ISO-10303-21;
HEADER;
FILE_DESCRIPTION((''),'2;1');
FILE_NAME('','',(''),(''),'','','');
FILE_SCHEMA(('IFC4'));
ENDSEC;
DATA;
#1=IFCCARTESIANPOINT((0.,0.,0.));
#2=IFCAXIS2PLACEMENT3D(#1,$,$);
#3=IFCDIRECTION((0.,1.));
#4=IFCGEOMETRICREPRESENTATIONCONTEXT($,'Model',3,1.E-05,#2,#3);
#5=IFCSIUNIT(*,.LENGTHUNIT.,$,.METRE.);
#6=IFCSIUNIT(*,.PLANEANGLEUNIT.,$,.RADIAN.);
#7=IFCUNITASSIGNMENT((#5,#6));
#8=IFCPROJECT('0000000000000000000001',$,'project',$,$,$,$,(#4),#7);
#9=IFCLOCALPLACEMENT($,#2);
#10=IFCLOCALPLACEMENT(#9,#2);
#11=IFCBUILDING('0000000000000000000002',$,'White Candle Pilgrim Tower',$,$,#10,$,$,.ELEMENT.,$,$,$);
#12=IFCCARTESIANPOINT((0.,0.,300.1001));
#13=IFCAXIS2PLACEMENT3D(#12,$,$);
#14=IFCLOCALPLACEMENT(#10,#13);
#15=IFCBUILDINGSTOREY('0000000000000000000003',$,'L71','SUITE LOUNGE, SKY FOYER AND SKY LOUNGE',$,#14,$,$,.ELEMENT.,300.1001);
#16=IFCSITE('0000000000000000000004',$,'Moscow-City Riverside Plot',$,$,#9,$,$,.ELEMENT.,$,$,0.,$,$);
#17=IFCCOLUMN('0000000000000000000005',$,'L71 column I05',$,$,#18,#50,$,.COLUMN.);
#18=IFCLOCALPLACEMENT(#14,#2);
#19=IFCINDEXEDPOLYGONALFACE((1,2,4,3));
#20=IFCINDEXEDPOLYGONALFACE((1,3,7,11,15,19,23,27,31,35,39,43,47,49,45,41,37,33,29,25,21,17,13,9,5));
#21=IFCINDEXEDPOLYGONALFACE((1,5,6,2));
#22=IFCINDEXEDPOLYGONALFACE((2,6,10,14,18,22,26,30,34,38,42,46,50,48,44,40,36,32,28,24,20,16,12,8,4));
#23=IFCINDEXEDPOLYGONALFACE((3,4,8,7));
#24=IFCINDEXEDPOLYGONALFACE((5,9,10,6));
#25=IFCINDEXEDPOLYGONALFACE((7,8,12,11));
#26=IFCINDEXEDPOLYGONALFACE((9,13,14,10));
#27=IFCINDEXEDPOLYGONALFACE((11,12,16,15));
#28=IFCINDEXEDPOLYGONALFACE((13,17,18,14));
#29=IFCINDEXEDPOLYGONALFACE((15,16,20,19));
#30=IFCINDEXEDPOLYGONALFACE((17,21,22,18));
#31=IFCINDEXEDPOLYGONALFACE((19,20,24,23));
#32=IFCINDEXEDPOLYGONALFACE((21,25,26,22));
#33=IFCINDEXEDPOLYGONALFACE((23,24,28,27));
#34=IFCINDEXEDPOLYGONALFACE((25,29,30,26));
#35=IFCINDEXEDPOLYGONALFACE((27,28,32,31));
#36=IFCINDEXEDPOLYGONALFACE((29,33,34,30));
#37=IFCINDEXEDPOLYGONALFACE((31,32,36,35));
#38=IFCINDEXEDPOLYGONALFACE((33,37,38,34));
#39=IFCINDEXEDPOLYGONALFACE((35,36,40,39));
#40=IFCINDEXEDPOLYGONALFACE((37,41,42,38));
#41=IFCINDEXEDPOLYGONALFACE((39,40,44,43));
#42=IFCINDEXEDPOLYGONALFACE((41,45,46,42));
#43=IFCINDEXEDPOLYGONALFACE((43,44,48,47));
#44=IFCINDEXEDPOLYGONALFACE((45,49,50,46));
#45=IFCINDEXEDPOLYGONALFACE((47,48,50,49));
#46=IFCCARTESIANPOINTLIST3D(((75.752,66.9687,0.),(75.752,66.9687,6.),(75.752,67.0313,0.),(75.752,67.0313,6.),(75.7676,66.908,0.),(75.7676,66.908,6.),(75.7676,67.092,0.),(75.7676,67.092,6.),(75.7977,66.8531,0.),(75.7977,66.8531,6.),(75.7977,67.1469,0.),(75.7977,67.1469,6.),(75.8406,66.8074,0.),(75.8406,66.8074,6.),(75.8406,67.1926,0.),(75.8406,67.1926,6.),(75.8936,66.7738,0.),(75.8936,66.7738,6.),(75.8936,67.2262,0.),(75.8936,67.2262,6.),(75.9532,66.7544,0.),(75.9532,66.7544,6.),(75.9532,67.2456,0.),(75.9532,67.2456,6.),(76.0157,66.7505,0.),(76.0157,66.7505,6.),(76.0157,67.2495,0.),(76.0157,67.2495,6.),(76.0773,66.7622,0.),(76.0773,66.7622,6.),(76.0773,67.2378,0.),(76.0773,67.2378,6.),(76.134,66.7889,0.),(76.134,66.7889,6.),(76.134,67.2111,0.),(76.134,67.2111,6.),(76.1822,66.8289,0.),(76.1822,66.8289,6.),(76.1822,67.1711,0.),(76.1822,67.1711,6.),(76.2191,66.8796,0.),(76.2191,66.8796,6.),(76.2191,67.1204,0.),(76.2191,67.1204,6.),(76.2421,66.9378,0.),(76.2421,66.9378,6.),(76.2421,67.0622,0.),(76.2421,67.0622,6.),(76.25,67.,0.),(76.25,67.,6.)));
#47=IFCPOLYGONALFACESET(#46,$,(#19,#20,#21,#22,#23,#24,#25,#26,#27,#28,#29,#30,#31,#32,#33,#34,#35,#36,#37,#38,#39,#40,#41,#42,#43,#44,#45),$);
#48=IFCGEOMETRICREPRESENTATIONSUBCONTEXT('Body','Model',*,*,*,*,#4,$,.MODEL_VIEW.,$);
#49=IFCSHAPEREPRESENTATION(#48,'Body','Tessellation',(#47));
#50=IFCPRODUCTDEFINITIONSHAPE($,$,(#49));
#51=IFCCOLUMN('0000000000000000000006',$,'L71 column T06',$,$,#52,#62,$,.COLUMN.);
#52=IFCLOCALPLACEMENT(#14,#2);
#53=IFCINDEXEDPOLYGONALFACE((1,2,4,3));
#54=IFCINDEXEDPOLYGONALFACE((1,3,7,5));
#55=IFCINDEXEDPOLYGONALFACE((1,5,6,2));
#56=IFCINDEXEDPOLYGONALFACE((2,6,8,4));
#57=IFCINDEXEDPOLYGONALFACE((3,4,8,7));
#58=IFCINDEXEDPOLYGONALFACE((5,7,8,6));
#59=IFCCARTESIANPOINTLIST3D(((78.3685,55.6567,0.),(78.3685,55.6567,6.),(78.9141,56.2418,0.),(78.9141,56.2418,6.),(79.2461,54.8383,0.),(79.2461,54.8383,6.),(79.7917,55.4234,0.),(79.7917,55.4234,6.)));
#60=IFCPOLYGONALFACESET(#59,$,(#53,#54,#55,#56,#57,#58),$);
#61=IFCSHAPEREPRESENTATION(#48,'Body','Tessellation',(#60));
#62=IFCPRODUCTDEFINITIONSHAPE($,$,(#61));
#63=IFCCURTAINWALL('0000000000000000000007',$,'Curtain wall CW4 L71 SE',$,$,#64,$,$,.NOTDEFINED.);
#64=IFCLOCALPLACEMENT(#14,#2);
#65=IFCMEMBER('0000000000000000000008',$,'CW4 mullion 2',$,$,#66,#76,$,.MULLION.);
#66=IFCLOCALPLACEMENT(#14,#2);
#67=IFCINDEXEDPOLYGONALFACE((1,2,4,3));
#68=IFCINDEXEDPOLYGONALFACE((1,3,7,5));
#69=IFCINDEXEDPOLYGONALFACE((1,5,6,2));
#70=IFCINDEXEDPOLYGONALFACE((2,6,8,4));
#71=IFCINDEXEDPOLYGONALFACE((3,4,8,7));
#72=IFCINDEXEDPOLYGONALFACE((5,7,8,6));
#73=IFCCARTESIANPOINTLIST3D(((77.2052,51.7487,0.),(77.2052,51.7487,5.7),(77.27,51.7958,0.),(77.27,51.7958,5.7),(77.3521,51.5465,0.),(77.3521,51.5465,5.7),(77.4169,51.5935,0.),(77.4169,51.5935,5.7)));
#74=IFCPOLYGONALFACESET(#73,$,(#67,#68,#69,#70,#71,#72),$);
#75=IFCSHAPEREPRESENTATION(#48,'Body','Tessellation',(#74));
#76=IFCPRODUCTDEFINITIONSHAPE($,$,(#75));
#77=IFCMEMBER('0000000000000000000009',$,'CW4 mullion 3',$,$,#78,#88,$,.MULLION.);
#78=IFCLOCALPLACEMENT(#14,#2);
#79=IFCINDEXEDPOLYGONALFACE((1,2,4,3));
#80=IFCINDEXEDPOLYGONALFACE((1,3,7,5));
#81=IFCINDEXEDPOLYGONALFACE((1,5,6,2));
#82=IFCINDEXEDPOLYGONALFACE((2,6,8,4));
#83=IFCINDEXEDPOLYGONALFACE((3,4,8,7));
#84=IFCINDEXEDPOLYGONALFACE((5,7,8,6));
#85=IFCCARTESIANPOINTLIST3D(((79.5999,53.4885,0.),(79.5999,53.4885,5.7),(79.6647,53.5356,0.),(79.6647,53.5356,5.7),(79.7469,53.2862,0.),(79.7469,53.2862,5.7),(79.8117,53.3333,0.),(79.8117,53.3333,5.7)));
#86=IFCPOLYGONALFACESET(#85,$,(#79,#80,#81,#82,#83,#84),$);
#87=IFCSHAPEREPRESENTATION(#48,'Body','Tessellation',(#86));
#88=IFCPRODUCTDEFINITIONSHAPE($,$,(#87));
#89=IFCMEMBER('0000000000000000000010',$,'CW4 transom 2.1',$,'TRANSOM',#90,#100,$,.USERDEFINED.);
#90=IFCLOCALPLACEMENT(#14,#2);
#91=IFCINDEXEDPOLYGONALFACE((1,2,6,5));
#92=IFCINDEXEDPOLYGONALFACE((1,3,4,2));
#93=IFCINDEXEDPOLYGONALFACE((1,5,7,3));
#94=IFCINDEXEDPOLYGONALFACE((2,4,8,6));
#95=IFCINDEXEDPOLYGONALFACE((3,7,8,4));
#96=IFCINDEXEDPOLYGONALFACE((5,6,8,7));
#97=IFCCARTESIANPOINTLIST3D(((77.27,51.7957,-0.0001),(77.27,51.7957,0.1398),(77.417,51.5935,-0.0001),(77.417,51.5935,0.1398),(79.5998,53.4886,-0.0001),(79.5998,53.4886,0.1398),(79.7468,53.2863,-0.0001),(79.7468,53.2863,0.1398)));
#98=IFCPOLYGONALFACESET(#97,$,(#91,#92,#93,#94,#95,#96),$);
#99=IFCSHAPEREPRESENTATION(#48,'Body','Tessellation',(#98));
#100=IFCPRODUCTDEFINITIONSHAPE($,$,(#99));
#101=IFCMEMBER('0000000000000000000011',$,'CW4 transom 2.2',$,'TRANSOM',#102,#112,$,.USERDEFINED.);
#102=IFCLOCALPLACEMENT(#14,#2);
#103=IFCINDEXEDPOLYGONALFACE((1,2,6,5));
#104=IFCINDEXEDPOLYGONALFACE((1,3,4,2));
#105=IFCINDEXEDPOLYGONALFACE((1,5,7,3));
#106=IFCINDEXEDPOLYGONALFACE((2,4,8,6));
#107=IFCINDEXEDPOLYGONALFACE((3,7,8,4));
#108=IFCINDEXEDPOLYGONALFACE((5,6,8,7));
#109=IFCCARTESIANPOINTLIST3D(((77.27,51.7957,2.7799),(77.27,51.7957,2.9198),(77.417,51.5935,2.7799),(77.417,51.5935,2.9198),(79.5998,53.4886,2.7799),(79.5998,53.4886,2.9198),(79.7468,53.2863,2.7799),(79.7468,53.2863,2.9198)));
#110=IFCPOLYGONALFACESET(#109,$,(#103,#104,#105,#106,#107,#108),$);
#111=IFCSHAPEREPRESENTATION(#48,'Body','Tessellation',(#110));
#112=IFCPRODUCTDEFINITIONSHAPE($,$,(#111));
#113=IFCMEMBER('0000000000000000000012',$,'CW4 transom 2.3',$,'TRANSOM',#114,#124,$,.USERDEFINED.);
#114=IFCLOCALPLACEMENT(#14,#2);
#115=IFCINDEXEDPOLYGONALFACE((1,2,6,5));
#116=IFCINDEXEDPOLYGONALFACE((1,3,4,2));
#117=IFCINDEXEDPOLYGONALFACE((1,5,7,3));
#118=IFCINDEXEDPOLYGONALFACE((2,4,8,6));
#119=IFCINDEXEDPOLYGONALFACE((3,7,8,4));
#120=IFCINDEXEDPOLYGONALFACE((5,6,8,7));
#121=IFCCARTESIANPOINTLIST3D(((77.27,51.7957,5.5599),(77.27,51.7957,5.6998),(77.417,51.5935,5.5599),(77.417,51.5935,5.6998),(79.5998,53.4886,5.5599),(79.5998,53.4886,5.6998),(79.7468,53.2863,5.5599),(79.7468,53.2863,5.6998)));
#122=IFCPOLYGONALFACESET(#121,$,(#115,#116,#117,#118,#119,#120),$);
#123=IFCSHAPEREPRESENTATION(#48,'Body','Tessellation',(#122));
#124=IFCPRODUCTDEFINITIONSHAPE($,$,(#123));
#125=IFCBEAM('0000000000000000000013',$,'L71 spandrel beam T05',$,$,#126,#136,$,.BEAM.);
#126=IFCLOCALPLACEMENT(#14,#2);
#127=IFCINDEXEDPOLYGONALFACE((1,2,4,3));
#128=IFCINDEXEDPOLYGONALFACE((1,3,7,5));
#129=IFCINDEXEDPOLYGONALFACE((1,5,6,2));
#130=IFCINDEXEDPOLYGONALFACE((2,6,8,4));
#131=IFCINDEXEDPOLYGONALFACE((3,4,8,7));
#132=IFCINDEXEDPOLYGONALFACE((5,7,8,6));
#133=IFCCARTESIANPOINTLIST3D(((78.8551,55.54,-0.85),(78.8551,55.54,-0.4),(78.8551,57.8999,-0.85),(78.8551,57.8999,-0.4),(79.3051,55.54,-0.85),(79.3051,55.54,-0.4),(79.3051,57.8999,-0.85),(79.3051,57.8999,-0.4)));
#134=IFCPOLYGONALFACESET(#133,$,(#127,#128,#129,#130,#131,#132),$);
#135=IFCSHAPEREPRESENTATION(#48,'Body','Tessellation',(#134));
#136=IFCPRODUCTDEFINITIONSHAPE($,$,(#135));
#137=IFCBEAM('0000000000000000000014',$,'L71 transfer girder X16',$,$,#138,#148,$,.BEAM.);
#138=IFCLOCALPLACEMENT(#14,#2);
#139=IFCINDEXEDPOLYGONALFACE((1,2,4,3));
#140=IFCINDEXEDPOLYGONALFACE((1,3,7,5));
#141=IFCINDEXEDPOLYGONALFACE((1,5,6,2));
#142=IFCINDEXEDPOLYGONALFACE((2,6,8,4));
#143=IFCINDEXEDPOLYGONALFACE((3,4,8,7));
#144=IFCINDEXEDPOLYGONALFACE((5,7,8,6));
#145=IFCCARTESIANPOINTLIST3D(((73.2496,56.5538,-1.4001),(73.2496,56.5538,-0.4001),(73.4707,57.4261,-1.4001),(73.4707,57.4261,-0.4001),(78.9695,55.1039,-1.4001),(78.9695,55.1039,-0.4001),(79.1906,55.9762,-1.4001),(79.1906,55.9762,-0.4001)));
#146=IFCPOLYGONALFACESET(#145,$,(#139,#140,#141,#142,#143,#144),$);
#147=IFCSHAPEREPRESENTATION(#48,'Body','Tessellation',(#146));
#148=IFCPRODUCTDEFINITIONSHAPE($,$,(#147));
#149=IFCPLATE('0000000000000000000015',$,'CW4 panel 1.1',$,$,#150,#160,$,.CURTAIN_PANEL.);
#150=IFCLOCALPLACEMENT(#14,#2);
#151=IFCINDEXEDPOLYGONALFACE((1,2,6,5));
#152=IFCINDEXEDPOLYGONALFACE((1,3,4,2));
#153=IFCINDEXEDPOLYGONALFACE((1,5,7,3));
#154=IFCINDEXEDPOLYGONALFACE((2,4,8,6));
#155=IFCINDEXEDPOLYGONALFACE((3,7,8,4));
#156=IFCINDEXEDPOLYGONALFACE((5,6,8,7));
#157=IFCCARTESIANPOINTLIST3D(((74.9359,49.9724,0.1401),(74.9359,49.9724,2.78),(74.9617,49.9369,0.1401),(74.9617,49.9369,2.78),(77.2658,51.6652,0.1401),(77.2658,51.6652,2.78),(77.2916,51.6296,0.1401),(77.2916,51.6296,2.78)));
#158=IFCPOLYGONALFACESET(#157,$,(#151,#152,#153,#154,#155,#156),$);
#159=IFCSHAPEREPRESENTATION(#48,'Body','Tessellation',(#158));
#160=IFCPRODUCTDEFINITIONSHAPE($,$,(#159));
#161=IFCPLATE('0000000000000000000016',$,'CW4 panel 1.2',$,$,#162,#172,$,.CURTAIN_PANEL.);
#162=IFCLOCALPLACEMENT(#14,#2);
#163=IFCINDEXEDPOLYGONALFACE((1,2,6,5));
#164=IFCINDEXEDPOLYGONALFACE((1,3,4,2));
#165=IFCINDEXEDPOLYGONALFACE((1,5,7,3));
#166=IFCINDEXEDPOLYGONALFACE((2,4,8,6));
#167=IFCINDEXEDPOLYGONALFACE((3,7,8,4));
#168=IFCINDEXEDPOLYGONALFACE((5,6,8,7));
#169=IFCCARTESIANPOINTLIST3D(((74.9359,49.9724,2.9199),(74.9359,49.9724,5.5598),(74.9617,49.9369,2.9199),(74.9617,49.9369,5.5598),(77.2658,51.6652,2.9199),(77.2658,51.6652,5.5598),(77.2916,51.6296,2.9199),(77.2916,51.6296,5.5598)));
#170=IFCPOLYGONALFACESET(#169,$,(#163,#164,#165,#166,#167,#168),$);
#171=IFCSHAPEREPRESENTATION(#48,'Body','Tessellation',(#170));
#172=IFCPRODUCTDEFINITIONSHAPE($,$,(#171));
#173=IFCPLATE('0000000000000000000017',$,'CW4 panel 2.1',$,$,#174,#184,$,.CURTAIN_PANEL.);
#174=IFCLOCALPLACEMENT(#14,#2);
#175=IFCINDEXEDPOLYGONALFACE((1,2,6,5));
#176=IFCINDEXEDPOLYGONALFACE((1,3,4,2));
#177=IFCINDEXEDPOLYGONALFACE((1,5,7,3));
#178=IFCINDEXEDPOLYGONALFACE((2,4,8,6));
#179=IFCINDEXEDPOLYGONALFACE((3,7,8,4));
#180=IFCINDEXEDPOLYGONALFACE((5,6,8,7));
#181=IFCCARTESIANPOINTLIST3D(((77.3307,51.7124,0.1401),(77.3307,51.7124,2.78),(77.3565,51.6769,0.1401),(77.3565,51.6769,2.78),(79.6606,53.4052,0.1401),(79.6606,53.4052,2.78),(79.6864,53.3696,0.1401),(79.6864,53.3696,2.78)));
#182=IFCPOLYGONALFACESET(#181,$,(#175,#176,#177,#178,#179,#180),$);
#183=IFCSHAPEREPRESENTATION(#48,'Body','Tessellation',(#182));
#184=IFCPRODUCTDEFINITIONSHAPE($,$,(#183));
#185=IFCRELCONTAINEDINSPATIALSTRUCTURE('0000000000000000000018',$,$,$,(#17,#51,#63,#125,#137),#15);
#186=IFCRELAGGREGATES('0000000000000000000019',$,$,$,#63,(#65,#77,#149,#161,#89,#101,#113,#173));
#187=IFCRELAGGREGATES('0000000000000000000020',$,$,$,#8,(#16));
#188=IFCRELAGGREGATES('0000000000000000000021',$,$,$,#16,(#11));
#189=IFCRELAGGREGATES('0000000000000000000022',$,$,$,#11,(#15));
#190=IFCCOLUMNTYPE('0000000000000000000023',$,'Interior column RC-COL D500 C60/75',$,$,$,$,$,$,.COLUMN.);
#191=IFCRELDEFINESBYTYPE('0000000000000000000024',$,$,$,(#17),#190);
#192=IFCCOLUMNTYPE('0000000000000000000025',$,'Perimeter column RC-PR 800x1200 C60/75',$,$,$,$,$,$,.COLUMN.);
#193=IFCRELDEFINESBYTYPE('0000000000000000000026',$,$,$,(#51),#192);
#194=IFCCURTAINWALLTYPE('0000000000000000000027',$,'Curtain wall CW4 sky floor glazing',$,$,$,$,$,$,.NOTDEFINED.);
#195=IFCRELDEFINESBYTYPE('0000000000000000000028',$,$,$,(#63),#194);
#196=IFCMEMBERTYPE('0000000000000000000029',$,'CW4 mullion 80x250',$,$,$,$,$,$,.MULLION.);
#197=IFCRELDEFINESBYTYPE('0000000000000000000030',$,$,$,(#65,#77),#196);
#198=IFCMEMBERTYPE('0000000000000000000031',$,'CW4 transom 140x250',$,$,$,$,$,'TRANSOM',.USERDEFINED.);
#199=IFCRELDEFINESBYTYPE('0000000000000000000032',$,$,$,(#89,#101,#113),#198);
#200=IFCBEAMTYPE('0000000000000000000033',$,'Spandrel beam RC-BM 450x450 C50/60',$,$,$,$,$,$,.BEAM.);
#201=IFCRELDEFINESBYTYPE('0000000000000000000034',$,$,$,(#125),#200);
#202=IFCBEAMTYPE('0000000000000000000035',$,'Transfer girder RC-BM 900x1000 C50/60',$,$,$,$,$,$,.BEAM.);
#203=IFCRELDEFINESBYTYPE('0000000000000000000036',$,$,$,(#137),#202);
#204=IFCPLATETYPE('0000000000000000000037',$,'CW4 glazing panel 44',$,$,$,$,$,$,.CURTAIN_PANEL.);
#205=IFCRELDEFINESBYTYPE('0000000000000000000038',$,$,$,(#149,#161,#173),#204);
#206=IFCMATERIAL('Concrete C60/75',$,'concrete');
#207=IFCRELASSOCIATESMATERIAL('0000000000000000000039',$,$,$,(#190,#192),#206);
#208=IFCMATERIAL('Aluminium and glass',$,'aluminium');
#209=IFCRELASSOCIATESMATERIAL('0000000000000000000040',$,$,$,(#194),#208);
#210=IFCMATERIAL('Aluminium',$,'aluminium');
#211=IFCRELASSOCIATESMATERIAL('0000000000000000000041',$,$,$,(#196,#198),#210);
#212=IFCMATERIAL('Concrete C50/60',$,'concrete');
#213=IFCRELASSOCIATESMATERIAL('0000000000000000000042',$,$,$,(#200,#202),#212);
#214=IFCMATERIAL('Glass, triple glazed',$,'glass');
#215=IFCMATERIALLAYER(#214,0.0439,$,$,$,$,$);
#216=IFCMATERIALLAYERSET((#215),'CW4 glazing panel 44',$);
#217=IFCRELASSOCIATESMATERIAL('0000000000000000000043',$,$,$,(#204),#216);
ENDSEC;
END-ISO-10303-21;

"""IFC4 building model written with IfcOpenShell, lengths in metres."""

from ifc_helpers import new_model, si_unit, direction, frame, origin, origin_2d, place, context, subcontext, project, spatial, rectangle, circle, extrude, material, layer, layer_set, material_profile, profile_set, type_object, element, aggregate, save


model = new_model("IFC4")

# Units and contexts
model_context = context("Model", 3, precision=1e-05, world=origin(), true_north=direction((0.0, 1.0)))
body_context = subcontext(model_context, "Body", "Model", "MODEL_VIEW")
ifc_project = project(units=[si_unit("LENGTHUNIT", "METRE"), si_unit("PLANEANGLEUNIT", "RADIAN")], contexts=[model_context])

# Site, building, storey
site_placement = place(None, origin())
site = spatial("IfcSite", under=ifc_project, at=site_placement, Name="Moscow-City Riverside Plot", CompositionType="ELEMENT", RefElevation=0.0)
building_placement = place(site_placement, origin())
building = spatial("IfcBuilding", under=site, at=building_placement, Name="White Candle Pilgrim Tower", CompositionType="ELEMENT")
storey_placement = place(building_placement, frame((0.0, 0.0, 300.1001)))
storey = spatial("IfcBuildingStorey", under=building, at=storey_placement, Name="L71", Description="SUITE LOUNGE, SKY FOYER AND SKY LOUNGE", CompositionType="ELEMENT", Elevation=300.1001)

# Columns
ifc_material_1 = material(Name="Concrete C60/75", Category="concrete")
ifc_material_profile_1 = material_profile(ifc_material_1, circle(Radius=0.25, at=origin_2d()), Name="RC-COL D500")
ifc_profile_set_1 = profile_set([ifc_material_profile_1], Name="Concrete C60/75")
column_type_1 = type_object("IfcColumnType", Name="Interior column RC-COL D500 C60/75", PredefinedType="COLUMN", material=ifc_profile_set_1)
column_1_placement = place(storey_placement, frame((76.0, 67.0, 0.0), z_axis=(0.0, 0.0, 1.0), x_axis=(1.0, 0.0, 0.0)))
element("IfcColumn", 1, at=column_1_placement, inside=storey, type_object=column_type_1, Name="L71 column I05", PredefinedType="COLUMN", context=body_context, shape_type="SweptSolid", body=[
    extrude(circle(Radius=0.25, at=origin_2d()), origin(), (0.0, 0.0, 1.0), 6.0),
])
ifc_material_profile_2 = material_profile(ifc_material_1, rectangle(XDim=0.8, YDim=1.2, at=origin_2d()), Name="RC-PR 800x1200")
ifc_profile_set_2 = profile_set([ifc_material_profile_2], Name="Concrete C60/75")
column_type_2 = type_object("IfcColumnType", Name="Perimeter column RC-PR 800x1200 C60/75", PredefinedType="COLUMN", material=ifc_profile_set_2)
column_2_placement = place(storey_placement, frame((79.0801, 55.54, 0.0), z_axis=(0.0, 0.0, 1.0), x_axis=(-0.681998, -0.731354, 0.0)))
element("IfcColumn", 2, at=column_2_placement, inside=storey, type_object=column_type_2, Name="L71 column T06", PredefinedType="COLUMN", context=body_context, shape_type="SweptSolid", body=[
    extrude(rectangle(XDim=0.8, YDim=1.2, at=origin_2d()), origin(), (0.0, 0.0, 1.0), 6.0),
])

# Curtain wall, members
ifc_material_2 = material(Name="Aluminium and glass", Category="aluminium")
curtain_wall_type = type_object("IfcCurtainWallType", Name="Curtain wall CW4 sky floor glazing", PredefinedType="NOTDEFINED", material=ifc_material_2)
curtain_wall_placement = place(storey_placement, origin())
curtain_wall = element("IfcCurtainWall", 3, at=curtain_wall_placement, inside=storey, type_object=curtain_wall_type, Name="Curtain wall CW4 L71 SE", PredefinedType="NOTDEFINED")
ifc_material_3 = material(Name="Aluminium", Category="aluminium")
ifc_material_profile_3 = material_profile(ifc_material_3, rectangle(XDim=0.25, YDim=0.0801, at=origin_2d()), Name="CW4 mullion 80x250")
ifc_profile_set_3 = profile_set([ifc_material_profile_3], Name="Aluminium")
member_type_1 = type_object("IfcMemberType", Name="CW4 mullion 80x250", PredefinedType="MULLION", material=ifc_profile_set_3)
member_1_placement = place(storey_placement, frame((77.311, 51.6711, 0.0), z_axis=(0.0, 0.0, 1.0), x_axis=(-0.587785, 0.809017, 0.0)))
member_1 = element("IfcMember", 4, at=member_1_placement, type_object=member_type_1, Name="CW4 mullion 2", PredefinedType="MULLION", context=body_context, shape_type="SweptSolid", body=[
    extrude(rectangle(XDim=0.25, YDim=0.0801, at=origin_2d()), origin(), (0.0, 0.0, 1.0), 5.7),
])
member_2_placement = place(storey_placement, frame((79.7058, 53.4109, 0.0), z_axis=(0.0, 0.0, 1.0), x_axis=(-0.587785, 0.809017, 0.0)))
member_2 = element("IfcMember", 5, at=member_2_placement, type_object=member_type_1, Name="CW4 mullion 3", PredefinedType="MULLION", context=body_context, shape_type="SweptSolid", body=[
    extrude(rectangle(XDim=0.25, YDim=0.0801, at=origin_2d()), origin(), (0.0, 0.0, 1.0), 5.7),
])
ifc_material_profile_4 = material_profile(ifc_material_3, rectangle(XDim=0.25, YDim=0.1399, at=origin_2d()), Name="CW4 transom 140x250")
ifc_profile_set_4 = profile_set([ifc_material_profile_4], Name="Aluminium")
member_type_2 = type_object("IfcMemberType", Name="CW4 transom 140x250", ElementType="TRANSOM", PredefinedType="USERDEFINED", material=ifc_profile_set_4)
member_3_placement = place(storey_placement, frame((77.3435, 51.6946, 0.0698), z_axis=(0.808993, 0.587819, 0.0), x_axis=(-0.587819, 0.808993, 0.0)))
member_3 = element("IfcMember", 6, at=member_3_placement, type_object=member_type_2, Name="CW4 transom 2.1", ObjectType="TRANSOM", PredefinedType="USERDEFINED", context=body_context, shape_type="SweptSolid", body=[
    extrude(rectangle(XDim=0.25, YDim=0.1399, at=origin_2d()), origin(), (0.0, 0.0, 1.0), 2.8799),
])
member_4_placement = place(storey_placement, frame((77.3435, 51.6946, 2.8499), z_axis=(0.808993, 0.587819, 0.0), x_axis=(-0.587819, 0.808993, 0.0)))
member_4 = element("IfcMember", 7, at=member_4_placement, type_object=member_type_2, Name="CW4 transom 2.2", ObjectType="TRANSOM", PredefinedType="USERDEFINED", context=body_context, shape_type="SweptSolid", body=[
    extrude(rectangle(XDim=0.25, YDim=0.1399, at=origin_2d()), origin(), (0.0, 0.0, 1.0), 2.8799),
])
member_5_placement = place(storey_placement, frame((77.3435, 51.6946, 5.6299), z_axis=(0.808993, 0.587819, 0.0), x_axis=(-0.587819, 0.808993, 0.0)))
member_5 = element("IfcMember", 8, at=member_5_placement, type_object=member_type_2, Name="CW4 transom 2.3", ObjectType="TRANSOM", PredefinedType="USERDEFINED", context=body_context, shape_type="SweptSolid", body=[
    extrude(rectangle(XDim=0.25, YDim=0.1399, at=origin_2d()), origin(), (0.0, 0.0, 1.0), 2.8799),
])

# Beams
ifc_material_4 = material(Name="Concrete C50/60", Category="concrete")
ifc_material_profile_5 = material_profile(ifc_material_4, rectangle(XDim=0.45, YDim=0.45, at=origin_2d()), Name="RC-BM 450x450")
ifc_profile_set_5 = profile_set([ifc_material_profile_5], Name="Concrete C50/60")
beam_type_1 = type_object("IfcBeamType", Name="Spandrel beam RC-BM 450x450 C50/60", PredefinedType="BEAM", material=ifc_profile_set_5)
beam_1_placement = place(storey_placement, frame((79.0801, 55.54, -0.625), z_axis=(0.0, 1.0, 0.0), x_axis=(-1.0, 0.0, 0.0)))
element("IfcBeam", 9, at=beam_1_placement, inside=storey, type_object=beam_type_1, Name="L71 spandrel beam T05", PredefinedType="BEAM", context=body_context, shape_type="SweptSolid", body=[
    extrude(rectangle(XDim=0.45, YDim=0.45, at=origin_2d()), origin(), (0.0, 0.0, 1.0), 2.3599),
])
ifc_material_profile_6 = material_profile(ifc_material_4, rectangle(XDim=0.8999, YDim=1.0, at=origin_2d()), Name="RC-BM 900x1000")
ifc_profile_set_6 = profile_set([ifc_material_profile_6], Name="Concrete C50/60")
beam_type_2 = type_object("IfcBeamType", Name="Transfer girder RC-BM 900x1000 C50/60", PredefinedType="BEAM", material=ifc_profile_set_6)
beam_2_placement = place(storey_placement, frame((79.0801, 55.54, -0.9001), z_axis=(-0.969341, 0.245718, 0.0), x_axis=(-0.245718, -0.969341, 0.0)))
element("IfcBeam", 10, at=beam_2_placement, inside=storey, type_object=beam_type_2, Name="L71 transfer girder X16", PredefinedType="BEAM", context=body_context, shape_type="SweptSolid", body=[
    extrude(rectangle(XDim=0.8999, YDim=1.0, at=origin_2d()), origin(), (0.0, 0.0, 1.0), 5.9009),
])

# Plates
ifc_material_5 = material(Name="Glass, triple glazed", Category="glass")
ifc_layer_1 = layer(ifc_material_5, 0.0439)
ifc_layer_set_1 = layer_set([ifc_layer_1], Name="CW4 glazing panel 44")
plate_type = type_object("IfcPlateType", Name="CW4 glazing panel 44", PredefinedType="CURTAIN_PANEL", material=ifc_layer_set_1)
plate_1_placement = place(storey_placement, frame((76.1138, 50.801, 0.1401), z_axis=(0.0, 0.0, 1.0), x_axis=(0.809017, 0.587785, 0.0)))
plate_1 = element("IfcPlate", 11, at=plate_1_placement, type_object=plate_type, Name="CW4 panel 1.1", PredefinedType="CURTAIN_PANEL", context=body_context, shape_type="SweptSolid", body=[
    extrude(rectangle(XDim=2.8799, YDim=0.0439, at=origin_2d()), origin(), (0.0, 0.0, 1.0), 2.6399),
])
plate_2_placement = place(storey_placement, frame((76.1138, 50.801, 2.9199), z_axis=(0.0, 0.0, 1.0), x_axis=(0.809017, 0.587785, 0.0)))
plate_2 = element("IfcPlate", 12, at=plate_2_placement, type_object=plate_type, Name="CW4 panel 1.2", PredefinedType="CURTAIN_PANEL", context=body_context, shape_type="SweptSolid", body=[
    extrude(rectangle(XDim=2.8799, YDim=0.0439, at=origin_2d()), origin(), (0.0, 0.0, 1.0), 2.6399),
])
plate_3_placement = place(storey_placement, frame((78.5085, 52.541, 0.1401), z_axis=(0.0, 0.0, 1.0), x_axis=(0.809017, 0.587785, 0.0)))
plate_3 = element("IfcPlate", 13, at=plate_3_placement, type_object=plate_type, Name="CW4 panel 2.1", PredefinedType="CURTAIN_PANEL", context=body_context, shape_type="SweptSolid", body=[
    extrude(rectangle(XDim=2.8799, YDim=0.0439, at=origin_2d()), origin(), (0.0, 0.0, 1.0), 2.6399),
])
aggregate(curtain_wall, [member_1, member_2, plate_1, plate_2, member_3, member_4, member_5, plate_3])

save(model, "model.ifc")
